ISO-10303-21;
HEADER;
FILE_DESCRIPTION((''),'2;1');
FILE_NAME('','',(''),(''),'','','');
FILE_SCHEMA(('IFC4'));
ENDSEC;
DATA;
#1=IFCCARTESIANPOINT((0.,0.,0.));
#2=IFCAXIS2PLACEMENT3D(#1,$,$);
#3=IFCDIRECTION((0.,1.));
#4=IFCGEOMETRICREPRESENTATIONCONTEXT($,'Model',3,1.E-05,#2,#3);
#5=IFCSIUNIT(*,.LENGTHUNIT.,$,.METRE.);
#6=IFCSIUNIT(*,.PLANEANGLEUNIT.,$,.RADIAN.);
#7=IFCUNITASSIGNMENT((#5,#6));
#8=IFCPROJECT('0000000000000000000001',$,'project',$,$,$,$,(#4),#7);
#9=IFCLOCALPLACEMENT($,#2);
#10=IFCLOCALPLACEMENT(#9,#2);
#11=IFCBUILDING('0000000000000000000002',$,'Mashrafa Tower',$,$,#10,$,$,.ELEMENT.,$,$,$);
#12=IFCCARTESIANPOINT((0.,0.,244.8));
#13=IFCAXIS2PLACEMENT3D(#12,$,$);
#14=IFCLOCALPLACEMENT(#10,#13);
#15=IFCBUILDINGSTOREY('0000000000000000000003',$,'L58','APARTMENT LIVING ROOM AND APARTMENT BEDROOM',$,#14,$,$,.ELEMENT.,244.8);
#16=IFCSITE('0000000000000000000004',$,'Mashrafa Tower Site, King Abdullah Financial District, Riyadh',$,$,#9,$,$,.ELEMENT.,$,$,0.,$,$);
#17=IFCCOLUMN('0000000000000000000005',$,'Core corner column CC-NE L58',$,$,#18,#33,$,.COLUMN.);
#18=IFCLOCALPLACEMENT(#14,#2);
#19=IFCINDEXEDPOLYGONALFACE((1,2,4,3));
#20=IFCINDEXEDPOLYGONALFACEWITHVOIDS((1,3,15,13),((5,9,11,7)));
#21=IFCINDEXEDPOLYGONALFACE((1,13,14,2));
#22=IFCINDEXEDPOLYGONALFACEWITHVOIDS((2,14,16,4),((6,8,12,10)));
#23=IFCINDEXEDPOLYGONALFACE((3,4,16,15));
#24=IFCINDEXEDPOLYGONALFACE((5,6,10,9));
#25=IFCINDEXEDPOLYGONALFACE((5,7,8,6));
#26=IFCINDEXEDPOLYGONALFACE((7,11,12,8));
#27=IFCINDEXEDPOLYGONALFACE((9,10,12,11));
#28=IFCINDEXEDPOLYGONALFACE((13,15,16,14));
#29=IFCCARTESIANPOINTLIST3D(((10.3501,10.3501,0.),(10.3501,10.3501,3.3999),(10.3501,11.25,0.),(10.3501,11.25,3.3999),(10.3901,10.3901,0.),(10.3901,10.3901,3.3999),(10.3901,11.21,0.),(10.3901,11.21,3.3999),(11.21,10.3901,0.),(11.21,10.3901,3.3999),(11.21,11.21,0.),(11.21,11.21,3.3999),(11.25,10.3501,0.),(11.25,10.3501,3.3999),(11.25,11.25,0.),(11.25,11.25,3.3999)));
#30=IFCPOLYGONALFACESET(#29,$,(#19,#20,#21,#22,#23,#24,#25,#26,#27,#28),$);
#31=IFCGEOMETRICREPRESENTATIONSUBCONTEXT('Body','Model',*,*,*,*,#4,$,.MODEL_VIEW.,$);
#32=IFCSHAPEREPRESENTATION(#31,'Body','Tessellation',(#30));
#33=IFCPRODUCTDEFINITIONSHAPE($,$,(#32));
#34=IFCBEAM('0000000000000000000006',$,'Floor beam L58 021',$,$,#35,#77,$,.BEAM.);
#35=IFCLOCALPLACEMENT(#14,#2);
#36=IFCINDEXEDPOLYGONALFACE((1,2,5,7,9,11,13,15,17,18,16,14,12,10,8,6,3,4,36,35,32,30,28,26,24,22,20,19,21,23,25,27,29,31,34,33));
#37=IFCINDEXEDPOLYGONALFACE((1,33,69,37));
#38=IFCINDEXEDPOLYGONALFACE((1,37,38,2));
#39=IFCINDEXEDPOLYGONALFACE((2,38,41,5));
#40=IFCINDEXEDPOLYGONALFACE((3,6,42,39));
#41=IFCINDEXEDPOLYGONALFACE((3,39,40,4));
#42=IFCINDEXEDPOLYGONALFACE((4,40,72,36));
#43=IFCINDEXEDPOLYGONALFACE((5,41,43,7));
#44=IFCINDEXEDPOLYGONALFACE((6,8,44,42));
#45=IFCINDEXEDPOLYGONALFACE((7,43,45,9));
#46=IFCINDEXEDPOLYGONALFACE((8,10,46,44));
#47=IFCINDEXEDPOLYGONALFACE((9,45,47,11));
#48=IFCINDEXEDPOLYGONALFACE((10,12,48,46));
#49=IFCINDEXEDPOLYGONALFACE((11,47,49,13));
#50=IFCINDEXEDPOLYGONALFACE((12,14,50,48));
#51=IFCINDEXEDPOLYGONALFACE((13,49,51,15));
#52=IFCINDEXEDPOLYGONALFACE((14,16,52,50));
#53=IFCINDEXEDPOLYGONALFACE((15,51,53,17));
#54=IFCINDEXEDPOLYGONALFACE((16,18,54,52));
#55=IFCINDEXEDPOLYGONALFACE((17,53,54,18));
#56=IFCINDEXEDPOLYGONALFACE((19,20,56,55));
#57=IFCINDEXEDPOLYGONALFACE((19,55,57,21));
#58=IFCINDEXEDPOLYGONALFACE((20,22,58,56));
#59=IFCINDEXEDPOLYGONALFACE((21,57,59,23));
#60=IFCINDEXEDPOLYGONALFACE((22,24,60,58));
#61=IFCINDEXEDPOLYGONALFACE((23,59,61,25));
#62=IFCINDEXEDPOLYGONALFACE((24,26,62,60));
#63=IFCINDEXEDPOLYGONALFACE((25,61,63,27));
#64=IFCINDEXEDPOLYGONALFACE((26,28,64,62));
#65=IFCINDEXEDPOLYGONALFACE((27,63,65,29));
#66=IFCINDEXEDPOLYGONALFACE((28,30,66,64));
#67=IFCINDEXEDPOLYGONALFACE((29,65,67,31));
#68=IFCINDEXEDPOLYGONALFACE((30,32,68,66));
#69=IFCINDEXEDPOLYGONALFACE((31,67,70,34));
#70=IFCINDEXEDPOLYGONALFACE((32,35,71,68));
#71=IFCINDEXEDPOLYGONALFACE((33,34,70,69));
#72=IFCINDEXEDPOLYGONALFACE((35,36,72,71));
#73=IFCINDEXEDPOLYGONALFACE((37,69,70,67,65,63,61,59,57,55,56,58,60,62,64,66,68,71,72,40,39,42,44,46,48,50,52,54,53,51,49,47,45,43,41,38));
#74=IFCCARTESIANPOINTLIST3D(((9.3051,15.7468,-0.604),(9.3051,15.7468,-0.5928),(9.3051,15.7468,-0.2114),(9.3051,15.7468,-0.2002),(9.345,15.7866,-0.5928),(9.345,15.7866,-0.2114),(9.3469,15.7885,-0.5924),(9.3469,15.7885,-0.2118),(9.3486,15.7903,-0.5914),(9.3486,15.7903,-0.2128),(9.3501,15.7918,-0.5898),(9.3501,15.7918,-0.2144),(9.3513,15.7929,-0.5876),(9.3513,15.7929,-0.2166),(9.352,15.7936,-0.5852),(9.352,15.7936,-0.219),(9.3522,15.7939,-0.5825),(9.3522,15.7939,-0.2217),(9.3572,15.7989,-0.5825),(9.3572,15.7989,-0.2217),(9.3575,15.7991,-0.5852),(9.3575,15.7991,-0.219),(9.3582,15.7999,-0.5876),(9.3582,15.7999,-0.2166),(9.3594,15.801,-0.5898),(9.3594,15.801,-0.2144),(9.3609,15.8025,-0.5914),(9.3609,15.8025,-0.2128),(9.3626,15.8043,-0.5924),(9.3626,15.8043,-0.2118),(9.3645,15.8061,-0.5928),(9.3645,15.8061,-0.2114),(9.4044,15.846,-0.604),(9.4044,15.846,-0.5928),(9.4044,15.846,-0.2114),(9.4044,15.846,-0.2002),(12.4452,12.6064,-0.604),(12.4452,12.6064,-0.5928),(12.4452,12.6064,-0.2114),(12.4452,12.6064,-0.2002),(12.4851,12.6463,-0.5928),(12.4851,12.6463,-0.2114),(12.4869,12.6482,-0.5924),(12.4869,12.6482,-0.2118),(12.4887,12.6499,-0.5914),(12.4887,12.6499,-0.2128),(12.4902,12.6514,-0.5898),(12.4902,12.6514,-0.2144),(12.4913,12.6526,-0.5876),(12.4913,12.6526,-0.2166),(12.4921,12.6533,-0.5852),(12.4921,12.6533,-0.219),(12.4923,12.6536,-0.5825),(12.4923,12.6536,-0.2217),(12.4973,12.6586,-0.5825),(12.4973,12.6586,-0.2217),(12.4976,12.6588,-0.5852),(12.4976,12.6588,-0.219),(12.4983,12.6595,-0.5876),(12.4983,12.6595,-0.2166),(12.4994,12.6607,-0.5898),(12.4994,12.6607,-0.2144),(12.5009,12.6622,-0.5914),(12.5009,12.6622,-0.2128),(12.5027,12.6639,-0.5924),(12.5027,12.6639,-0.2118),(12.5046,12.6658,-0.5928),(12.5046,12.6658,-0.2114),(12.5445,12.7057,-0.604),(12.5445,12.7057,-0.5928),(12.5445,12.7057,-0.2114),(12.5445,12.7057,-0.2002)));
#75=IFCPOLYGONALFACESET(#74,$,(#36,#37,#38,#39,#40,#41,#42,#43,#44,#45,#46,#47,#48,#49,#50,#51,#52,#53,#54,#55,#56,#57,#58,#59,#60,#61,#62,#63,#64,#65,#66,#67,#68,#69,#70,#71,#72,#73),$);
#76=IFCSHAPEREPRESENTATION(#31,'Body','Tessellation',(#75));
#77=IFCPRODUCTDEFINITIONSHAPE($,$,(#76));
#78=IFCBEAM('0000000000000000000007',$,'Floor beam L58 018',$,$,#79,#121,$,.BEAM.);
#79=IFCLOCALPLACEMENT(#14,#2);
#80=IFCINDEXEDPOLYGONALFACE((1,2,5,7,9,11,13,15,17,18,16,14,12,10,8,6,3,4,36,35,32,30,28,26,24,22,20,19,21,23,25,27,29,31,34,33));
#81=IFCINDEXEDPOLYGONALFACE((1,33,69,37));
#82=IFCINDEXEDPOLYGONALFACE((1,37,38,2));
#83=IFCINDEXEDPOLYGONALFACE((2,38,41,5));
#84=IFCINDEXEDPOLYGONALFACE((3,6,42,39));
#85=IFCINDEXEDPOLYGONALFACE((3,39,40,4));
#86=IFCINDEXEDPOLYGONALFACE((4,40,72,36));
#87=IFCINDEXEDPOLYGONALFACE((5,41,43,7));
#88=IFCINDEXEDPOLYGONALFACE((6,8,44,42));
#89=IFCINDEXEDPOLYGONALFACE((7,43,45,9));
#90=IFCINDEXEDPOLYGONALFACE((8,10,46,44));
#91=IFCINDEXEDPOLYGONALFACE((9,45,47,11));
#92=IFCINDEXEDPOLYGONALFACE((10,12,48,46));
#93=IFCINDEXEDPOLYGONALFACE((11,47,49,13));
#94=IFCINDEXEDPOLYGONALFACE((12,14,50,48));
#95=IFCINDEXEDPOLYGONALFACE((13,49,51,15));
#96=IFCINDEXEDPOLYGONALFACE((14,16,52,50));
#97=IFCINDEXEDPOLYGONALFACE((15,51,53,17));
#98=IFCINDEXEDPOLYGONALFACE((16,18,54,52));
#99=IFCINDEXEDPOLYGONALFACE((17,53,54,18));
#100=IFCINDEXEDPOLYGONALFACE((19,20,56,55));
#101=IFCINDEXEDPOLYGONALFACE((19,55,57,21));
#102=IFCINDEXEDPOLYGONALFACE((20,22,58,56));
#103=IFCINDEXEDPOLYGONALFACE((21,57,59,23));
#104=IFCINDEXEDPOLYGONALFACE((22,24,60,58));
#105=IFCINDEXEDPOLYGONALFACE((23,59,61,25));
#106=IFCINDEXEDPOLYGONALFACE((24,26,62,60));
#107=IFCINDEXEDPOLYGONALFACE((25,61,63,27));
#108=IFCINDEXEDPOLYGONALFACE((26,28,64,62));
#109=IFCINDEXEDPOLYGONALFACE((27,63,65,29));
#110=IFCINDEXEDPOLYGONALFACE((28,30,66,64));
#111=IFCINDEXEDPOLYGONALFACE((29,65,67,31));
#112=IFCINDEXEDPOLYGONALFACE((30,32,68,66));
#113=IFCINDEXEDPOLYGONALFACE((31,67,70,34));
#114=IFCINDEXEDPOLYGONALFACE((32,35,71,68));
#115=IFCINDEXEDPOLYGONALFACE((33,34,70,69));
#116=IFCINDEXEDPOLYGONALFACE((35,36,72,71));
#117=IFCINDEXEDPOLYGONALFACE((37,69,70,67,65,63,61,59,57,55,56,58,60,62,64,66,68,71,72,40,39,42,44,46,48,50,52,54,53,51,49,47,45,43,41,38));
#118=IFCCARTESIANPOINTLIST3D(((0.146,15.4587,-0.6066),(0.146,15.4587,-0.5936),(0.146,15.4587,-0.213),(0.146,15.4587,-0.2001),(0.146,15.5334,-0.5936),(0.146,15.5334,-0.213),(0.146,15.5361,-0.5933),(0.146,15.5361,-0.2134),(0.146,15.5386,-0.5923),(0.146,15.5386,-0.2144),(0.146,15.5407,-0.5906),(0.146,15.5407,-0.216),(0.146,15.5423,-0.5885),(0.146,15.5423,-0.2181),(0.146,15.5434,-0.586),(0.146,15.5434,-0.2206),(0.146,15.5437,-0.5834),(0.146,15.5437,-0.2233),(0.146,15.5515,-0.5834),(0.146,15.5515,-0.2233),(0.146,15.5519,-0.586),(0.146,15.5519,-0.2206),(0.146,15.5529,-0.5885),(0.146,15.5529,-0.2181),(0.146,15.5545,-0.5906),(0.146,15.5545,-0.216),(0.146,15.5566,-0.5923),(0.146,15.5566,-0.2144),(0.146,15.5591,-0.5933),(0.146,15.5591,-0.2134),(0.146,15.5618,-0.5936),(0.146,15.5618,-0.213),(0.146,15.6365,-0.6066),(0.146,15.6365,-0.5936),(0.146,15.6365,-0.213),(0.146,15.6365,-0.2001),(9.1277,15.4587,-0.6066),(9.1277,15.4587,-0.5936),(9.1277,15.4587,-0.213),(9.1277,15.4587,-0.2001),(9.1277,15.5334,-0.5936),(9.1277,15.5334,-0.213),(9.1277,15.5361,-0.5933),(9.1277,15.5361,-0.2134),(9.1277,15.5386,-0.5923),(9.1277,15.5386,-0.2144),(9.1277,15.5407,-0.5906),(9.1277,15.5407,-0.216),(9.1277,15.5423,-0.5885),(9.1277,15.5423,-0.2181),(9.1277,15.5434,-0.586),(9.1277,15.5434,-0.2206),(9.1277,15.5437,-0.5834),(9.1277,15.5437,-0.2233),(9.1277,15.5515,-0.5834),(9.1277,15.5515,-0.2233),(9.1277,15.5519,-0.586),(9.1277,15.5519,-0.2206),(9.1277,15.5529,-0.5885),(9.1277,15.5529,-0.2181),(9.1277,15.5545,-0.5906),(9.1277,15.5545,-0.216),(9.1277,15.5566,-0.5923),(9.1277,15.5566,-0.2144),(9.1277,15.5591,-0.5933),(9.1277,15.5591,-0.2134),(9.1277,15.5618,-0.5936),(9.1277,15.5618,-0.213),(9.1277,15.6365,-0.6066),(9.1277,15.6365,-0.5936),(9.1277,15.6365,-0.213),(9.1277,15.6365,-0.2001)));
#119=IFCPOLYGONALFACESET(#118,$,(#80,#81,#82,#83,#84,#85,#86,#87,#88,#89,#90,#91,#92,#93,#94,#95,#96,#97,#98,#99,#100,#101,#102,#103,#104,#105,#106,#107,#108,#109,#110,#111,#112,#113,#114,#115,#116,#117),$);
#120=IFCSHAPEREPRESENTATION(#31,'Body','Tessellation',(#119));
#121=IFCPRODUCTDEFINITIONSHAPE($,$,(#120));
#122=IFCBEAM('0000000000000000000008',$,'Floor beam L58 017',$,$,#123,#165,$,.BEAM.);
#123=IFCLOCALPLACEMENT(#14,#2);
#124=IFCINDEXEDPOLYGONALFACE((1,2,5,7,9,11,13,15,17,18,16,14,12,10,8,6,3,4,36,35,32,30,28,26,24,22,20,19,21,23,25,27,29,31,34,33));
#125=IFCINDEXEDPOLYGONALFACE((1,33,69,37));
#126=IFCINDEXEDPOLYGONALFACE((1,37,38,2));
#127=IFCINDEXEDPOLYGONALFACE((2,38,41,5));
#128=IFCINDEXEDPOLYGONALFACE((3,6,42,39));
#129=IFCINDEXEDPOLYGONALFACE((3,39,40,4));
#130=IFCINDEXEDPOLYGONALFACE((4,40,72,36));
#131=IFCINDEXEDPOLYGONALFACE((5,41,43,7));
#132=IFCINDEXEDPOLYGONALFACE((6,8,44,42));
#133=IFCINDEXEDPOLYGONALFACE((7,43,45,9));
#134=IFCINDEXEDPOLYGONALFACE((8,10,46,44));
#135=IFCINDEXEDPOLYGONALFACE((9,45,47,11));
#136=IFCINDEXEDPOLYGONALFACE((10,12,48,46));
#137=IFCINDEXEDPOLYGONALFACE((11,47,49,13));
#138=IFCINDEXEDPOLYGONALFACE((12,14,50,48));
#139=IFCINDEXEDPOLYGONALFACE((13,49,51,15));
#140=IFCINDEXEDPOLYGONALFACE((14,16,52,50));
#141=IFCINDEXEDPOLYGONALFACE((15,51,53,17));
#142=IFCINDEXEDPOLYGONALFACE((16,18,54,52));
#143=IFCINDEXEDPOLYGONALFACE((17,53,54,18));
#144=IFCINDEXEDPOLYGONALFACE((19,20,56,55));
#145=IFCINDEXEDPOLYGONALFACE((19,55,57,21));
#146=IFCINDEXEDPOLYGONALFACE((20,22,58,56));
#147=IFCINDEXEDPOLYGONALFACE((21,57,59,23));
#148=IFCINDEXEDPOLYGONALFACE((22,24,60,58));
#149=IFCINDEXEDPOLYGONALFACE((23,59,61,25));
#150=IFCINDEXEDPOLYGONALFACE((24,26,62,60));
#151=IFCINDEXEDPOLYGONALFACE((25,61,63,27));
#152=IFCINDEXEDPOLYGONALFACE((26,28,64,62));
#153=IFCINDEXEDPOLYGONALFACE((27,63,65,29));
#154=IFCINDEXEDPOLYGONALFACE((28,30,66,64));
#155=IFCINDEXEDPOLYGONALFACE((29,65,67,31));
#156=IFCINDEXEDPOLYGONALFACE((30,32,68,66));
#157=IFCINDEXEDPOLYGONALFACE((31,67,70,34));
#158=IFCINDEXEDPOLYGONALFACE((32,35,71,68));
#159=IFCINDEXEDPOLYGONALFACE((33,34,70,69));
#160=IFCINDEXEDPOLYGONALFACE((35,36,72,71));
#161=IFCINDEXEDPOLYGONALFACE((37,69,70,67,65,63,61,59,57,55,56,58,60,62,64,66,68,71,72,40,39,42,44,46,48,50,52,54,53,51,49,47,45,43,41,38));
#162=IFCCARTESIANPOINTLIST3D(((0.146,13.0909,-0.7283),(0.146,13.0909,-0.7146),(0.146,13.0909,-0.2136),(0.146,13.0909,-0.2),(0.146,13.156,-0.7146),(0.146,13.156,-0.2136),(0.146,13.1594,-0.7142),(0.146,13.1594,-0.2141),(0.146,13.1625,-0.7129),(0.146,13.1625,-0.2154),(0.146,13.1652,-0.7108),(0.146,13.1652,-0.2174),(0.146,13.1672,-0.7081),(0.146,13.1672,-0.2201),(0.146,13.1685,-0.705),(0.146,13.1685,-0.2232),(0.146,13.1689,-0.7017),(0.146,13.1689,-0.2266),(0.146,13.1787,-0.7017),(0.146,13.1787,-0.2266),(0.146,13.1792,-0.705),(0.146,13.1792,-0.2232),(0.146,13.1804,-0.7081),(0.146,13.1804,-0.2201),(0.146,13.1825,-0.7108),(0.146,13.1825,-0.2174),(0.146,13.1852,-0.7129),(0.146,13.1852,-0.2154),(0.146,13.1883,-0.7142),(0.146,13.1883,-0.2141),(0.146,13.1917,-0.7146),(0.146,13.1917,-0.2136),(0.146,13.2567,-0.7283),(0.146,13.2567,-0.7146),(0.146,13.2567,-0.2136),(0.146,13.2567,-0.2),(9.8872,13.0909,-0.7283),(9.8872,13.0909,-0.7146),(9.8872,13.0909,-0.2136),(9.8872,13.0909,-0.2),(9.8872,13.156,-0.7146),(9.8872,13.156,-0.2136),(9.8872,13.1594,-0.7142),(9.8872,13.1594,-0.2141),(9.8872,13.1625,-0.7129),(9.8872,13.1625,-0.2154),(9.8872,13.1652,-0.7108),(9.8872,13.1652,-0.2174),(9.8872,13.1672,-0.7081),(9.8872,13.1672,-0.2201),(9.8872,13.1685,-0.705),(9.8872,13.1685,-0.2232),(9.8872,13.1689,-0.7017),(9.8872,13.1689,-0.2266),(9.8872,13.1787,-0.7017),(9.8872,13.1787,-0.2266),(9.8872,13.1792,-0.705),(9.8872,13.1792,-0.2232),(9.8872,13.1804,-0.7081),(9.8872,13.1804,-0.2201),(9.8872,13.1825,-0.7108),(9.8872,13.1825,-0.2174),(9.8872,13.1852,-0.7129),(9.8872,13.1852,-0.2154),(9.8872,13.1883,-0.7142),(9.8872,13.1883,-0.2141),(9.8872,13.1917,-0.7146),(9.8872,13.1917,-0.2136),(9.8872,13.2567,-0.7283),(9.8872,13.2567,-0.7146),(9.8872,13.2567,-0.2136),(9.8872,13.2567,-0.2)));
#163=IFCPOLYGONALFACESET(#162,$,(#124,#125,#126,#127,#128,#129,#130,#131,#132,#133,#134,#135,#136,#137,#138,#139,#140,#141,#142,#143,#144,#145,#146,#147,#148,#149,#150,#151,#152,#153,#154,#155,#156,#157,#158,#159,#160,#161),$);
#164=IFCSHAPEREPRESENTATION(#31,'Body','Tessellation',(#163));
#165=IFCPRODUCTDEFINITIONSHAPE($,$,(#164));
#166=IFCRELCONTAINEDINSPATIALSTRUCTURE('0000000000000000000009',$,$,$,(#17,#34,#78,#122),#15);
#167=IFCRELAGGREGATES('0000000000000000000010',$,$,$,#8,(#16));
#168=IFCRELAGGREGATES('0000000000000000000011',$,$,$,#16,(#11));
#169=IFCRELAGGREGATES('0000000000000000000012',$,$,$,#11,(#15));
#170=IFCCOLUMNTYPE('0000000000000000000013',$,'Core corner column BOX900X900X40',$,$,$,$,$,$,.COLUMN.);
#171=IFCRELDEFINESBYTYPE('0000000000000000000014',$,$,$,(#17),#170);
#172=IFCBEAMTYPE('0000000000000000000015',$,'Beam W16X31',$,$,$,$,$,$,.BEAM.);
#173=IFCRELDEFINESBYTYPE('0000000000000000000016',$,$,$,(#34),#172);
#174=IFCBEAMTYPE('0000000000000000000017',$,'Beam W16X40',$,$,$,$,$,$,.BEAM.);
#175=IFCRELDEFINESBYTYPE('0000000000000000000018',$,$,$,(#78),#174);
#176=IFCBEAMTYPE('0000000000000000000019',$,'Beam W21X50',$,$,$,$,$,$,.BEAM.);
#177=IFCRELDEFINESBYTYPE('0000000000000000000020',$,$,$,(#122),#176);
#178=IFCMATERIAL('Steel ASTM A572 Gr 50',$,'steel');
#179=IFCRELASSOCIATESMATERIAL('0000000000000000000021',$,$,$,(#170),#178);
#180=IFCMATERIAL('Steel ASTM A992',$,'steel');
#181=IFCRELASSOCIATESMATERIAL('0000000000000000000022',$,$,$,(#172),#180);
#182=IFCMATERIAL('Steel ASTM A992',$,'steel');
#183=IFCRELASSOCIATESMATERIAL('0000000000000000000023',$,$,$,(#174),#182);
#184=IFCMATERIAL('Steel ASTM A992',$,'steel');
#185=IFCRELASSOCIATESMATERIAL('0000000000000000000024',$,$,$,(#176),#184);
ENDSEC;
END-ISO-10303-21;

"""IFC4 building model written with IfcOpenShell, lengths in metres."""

from ifc_helpers import new_model, si_unit, direction, frame, origin, origin_2d, place, context, subcontext, project, spatial, hollow_rectangle, i_section, extrude, material, material_profile, profile_set, type_object, element, save


model = new_model("IFC4")

# Units and contexts
model_context = context("Model", 3, precision=1e-05, world=origin(), true_north=direction((0.0, 1.0)))
body_context = subcontext(model_context, "Body", "Model", "MODEL_VIEW")
ifc_project = project(units=[si_unit("LENGTHUNIT", "METRE"), si_unit("PLANEANGLEUNIT", "RADIAN")], contexts=[model_context])

# Site, building, storey
site_placement = place(None, origin())
site = spatial("IfcSite", under=ifc_project, at=site_placement, Name="Mashrafa Tower Site, King Abdullah Financial District, Riyadh", CompositionType="ELEMENT", RefElevation=0.0)
building_placement = place(site_placement, origin())
building = spatial("IfcBuilding", under=site, at=building_placement, Name="Mashrafa Tower", CompositionType="ELEMENT")
storey_placement = place(building_placement, frame((0.0, 0.0, 244.8)))
storey = spatial("IfcBuildingStorey", under=building, at=storey_placement, Name="L58", Description="APARTMENT LIVING ROOM AND APARTMENT BEDROOM", CompositionType="ELEMENT", Elevation=244.8)

# Column
ifc_material_1 = material(Name="Steel ASTM A572 Gr 50", Category="steel")
ifc_material_profile_1 = material_profile(ifc_material_1, hollow_rectangle(XDim=0.8999, YDim=0.8999, WallThickness=0.04, at=origin_2d()), Name="BOX900X900X40")
ifc_profile_set_1 = profile_set([ifc_material_profile_1], Name="Steel ASTM A572 Gr 50")
column_type = type_object("IfcColumnType", Name="Core corner column BOX900X900X40", PredefinedType="COLUMN", material=ifc_profile_set_1)
column_placement = place(storey_placement, frame((10.8, 10.8, 0.0), z_axis=(0.0, 0.0, 1.0), x_axis=(1.0, 0.0, 0.0)))
element("IfcColumn", 1, at=column_placement, inside=storey, type_object=column_type, Name="Core corner column CC-NE L58", PredefinedType="COLUMN", context=body_context, shape_type="SweptSolid", body=[
    extrude(hollow_rectangle(XDim=0.8999, YDim=0.8999, WallThickness=0.04, at=origin_2d()), origin(), (0.0, 0.0, 1.0), 3.3999),
])

# Beams
ifc_material_2 = material(Name="Steel ASTM A992", Category="steel")
ifc_material_profile_2 = material_profile(ifc_material_2, i_section(OverallWidth=0.1404, OverallDepth=0.4038, WebThickness=0.0071, FlangeThickness=0.0112, FilletRadius=0.0103, at=origin_2d()), Name="W16X31")
ifc_profile_set_2 = profile_set([ifc_material_profile_2], Name="Steel ASTM A992")
beam_type_1 = type_object("IfcBeamType", Name="Beam W16X31", PredefinedType="BEAM", material=ifc_profile_set_2)
beam_1_placement = place(storey_placement, frame((9.3547, 15.7964, -0.4021), z_axis=(0.707079, -0.707134, 0.0), x_axis=(0.707134, 0.707079, 0.0)))
element("IfcBeam", 2, at=beam_1_placement, inside=storey, type_object=beam_type_1, Name="Floor beam L58 021", PredefinedType="BEAM", context=body_context, shape_type="SweptSolid", body=[
    extrude(i_section(OverallWidth=0.1404, OverallDepth=0.4038, WebThickness=0.0071, FlangeThickness=0.0112, FilletRadius=0.0103, at=origin_2d()), origin(), (0.0, 0.0, 1.0), 4.4409),
])
ifc_material_3 = material(Name="Steel ASTM A992", Category="steel")
ifc_material_profile_3 = material_profile(ifc_material_3, i_section(OverallWidth=0.1777, OverallDepth=0.4065, WebThickness=0.0078, FlangeThickness=0.0129, FilletRadius=0.0103, at=origin_2d()), Name="W16X40")
ifc_profile_set_3 = profile_set([ifc_material_profile_3], Name="Steel ASTM A992")
beam_type_2 = type_object("IfcBeamType", Name="Beam W16X40", PredefinedType="BEAM", material=ifc_profile_set_3)
beam_2_placement = place(storey_placement, frame((0.146, 15.5476, -0.4033), z_axis=(1.0, 0.0, 0.0), x_axis=(0.0, 1.0, 0.0)))
element("IfcBeam", 3, at=beam_2_placement, inside=storey, type_object=beam_type_2, Name="Floor beam L58 018", PredefinedType="BEAM", context=body_context, shape_type="SweptSolid", body=[
    extrude(i_section(OverallWidth=0.1777, OverallDepth=0.4065, WebThickness=0.0078, FlangeThickness=0.0129, FilletRadius=0.0103, at=origin_2d()), origin(), (0.0, 0.0, 1.0), 8.9817),
])
ifc_material_4 = material(Name="Steel ASTM A992", Category="steel")
ifc_material_profile_4 = material_profile(ifc_material_4, i_section(OverallWidth=0.1658, OverallDepth=0.5283, WebThickness=0.0098, FlangeThickness=0.0137, FilletRadius=0.0129, at=origin_2d()), Name="W21X50")
ifc_profile_set_4 = profile_set([ifc_material_profile_4], Name="Steel ASTM A992")
beam_type_3 = type_object("IfcBeamType", Name="Beam W21X50", PredefinedType="BEAM", material=ifc_profile_set_4)
beam_3_placement = place(storey_placement, frame((0.146, 13.1738, -0.4641), z_axis=(1.0, 0.0, 0.0), x_axis=(0.0, 1.0, 0.0)))
element("IfcBeam", 4, at=beam_3_placement, inside=storey, type_object=beam_type_3, Name="Floor beam L58 017", PredefinedType="BEAM", context=body_context, shape_type="SweptSolid", body=[
    extrude(i_section(OverallWidth=0.1658, OverallDepth=0.5283, WebThickness=0.0098, FlangeThickness=0.0137, FilletRadius=0.0129, at=origin_2d()), origin(), (0.0, 0.0, 1.0), 9.7412),
])

save(model, "model.ifc")
